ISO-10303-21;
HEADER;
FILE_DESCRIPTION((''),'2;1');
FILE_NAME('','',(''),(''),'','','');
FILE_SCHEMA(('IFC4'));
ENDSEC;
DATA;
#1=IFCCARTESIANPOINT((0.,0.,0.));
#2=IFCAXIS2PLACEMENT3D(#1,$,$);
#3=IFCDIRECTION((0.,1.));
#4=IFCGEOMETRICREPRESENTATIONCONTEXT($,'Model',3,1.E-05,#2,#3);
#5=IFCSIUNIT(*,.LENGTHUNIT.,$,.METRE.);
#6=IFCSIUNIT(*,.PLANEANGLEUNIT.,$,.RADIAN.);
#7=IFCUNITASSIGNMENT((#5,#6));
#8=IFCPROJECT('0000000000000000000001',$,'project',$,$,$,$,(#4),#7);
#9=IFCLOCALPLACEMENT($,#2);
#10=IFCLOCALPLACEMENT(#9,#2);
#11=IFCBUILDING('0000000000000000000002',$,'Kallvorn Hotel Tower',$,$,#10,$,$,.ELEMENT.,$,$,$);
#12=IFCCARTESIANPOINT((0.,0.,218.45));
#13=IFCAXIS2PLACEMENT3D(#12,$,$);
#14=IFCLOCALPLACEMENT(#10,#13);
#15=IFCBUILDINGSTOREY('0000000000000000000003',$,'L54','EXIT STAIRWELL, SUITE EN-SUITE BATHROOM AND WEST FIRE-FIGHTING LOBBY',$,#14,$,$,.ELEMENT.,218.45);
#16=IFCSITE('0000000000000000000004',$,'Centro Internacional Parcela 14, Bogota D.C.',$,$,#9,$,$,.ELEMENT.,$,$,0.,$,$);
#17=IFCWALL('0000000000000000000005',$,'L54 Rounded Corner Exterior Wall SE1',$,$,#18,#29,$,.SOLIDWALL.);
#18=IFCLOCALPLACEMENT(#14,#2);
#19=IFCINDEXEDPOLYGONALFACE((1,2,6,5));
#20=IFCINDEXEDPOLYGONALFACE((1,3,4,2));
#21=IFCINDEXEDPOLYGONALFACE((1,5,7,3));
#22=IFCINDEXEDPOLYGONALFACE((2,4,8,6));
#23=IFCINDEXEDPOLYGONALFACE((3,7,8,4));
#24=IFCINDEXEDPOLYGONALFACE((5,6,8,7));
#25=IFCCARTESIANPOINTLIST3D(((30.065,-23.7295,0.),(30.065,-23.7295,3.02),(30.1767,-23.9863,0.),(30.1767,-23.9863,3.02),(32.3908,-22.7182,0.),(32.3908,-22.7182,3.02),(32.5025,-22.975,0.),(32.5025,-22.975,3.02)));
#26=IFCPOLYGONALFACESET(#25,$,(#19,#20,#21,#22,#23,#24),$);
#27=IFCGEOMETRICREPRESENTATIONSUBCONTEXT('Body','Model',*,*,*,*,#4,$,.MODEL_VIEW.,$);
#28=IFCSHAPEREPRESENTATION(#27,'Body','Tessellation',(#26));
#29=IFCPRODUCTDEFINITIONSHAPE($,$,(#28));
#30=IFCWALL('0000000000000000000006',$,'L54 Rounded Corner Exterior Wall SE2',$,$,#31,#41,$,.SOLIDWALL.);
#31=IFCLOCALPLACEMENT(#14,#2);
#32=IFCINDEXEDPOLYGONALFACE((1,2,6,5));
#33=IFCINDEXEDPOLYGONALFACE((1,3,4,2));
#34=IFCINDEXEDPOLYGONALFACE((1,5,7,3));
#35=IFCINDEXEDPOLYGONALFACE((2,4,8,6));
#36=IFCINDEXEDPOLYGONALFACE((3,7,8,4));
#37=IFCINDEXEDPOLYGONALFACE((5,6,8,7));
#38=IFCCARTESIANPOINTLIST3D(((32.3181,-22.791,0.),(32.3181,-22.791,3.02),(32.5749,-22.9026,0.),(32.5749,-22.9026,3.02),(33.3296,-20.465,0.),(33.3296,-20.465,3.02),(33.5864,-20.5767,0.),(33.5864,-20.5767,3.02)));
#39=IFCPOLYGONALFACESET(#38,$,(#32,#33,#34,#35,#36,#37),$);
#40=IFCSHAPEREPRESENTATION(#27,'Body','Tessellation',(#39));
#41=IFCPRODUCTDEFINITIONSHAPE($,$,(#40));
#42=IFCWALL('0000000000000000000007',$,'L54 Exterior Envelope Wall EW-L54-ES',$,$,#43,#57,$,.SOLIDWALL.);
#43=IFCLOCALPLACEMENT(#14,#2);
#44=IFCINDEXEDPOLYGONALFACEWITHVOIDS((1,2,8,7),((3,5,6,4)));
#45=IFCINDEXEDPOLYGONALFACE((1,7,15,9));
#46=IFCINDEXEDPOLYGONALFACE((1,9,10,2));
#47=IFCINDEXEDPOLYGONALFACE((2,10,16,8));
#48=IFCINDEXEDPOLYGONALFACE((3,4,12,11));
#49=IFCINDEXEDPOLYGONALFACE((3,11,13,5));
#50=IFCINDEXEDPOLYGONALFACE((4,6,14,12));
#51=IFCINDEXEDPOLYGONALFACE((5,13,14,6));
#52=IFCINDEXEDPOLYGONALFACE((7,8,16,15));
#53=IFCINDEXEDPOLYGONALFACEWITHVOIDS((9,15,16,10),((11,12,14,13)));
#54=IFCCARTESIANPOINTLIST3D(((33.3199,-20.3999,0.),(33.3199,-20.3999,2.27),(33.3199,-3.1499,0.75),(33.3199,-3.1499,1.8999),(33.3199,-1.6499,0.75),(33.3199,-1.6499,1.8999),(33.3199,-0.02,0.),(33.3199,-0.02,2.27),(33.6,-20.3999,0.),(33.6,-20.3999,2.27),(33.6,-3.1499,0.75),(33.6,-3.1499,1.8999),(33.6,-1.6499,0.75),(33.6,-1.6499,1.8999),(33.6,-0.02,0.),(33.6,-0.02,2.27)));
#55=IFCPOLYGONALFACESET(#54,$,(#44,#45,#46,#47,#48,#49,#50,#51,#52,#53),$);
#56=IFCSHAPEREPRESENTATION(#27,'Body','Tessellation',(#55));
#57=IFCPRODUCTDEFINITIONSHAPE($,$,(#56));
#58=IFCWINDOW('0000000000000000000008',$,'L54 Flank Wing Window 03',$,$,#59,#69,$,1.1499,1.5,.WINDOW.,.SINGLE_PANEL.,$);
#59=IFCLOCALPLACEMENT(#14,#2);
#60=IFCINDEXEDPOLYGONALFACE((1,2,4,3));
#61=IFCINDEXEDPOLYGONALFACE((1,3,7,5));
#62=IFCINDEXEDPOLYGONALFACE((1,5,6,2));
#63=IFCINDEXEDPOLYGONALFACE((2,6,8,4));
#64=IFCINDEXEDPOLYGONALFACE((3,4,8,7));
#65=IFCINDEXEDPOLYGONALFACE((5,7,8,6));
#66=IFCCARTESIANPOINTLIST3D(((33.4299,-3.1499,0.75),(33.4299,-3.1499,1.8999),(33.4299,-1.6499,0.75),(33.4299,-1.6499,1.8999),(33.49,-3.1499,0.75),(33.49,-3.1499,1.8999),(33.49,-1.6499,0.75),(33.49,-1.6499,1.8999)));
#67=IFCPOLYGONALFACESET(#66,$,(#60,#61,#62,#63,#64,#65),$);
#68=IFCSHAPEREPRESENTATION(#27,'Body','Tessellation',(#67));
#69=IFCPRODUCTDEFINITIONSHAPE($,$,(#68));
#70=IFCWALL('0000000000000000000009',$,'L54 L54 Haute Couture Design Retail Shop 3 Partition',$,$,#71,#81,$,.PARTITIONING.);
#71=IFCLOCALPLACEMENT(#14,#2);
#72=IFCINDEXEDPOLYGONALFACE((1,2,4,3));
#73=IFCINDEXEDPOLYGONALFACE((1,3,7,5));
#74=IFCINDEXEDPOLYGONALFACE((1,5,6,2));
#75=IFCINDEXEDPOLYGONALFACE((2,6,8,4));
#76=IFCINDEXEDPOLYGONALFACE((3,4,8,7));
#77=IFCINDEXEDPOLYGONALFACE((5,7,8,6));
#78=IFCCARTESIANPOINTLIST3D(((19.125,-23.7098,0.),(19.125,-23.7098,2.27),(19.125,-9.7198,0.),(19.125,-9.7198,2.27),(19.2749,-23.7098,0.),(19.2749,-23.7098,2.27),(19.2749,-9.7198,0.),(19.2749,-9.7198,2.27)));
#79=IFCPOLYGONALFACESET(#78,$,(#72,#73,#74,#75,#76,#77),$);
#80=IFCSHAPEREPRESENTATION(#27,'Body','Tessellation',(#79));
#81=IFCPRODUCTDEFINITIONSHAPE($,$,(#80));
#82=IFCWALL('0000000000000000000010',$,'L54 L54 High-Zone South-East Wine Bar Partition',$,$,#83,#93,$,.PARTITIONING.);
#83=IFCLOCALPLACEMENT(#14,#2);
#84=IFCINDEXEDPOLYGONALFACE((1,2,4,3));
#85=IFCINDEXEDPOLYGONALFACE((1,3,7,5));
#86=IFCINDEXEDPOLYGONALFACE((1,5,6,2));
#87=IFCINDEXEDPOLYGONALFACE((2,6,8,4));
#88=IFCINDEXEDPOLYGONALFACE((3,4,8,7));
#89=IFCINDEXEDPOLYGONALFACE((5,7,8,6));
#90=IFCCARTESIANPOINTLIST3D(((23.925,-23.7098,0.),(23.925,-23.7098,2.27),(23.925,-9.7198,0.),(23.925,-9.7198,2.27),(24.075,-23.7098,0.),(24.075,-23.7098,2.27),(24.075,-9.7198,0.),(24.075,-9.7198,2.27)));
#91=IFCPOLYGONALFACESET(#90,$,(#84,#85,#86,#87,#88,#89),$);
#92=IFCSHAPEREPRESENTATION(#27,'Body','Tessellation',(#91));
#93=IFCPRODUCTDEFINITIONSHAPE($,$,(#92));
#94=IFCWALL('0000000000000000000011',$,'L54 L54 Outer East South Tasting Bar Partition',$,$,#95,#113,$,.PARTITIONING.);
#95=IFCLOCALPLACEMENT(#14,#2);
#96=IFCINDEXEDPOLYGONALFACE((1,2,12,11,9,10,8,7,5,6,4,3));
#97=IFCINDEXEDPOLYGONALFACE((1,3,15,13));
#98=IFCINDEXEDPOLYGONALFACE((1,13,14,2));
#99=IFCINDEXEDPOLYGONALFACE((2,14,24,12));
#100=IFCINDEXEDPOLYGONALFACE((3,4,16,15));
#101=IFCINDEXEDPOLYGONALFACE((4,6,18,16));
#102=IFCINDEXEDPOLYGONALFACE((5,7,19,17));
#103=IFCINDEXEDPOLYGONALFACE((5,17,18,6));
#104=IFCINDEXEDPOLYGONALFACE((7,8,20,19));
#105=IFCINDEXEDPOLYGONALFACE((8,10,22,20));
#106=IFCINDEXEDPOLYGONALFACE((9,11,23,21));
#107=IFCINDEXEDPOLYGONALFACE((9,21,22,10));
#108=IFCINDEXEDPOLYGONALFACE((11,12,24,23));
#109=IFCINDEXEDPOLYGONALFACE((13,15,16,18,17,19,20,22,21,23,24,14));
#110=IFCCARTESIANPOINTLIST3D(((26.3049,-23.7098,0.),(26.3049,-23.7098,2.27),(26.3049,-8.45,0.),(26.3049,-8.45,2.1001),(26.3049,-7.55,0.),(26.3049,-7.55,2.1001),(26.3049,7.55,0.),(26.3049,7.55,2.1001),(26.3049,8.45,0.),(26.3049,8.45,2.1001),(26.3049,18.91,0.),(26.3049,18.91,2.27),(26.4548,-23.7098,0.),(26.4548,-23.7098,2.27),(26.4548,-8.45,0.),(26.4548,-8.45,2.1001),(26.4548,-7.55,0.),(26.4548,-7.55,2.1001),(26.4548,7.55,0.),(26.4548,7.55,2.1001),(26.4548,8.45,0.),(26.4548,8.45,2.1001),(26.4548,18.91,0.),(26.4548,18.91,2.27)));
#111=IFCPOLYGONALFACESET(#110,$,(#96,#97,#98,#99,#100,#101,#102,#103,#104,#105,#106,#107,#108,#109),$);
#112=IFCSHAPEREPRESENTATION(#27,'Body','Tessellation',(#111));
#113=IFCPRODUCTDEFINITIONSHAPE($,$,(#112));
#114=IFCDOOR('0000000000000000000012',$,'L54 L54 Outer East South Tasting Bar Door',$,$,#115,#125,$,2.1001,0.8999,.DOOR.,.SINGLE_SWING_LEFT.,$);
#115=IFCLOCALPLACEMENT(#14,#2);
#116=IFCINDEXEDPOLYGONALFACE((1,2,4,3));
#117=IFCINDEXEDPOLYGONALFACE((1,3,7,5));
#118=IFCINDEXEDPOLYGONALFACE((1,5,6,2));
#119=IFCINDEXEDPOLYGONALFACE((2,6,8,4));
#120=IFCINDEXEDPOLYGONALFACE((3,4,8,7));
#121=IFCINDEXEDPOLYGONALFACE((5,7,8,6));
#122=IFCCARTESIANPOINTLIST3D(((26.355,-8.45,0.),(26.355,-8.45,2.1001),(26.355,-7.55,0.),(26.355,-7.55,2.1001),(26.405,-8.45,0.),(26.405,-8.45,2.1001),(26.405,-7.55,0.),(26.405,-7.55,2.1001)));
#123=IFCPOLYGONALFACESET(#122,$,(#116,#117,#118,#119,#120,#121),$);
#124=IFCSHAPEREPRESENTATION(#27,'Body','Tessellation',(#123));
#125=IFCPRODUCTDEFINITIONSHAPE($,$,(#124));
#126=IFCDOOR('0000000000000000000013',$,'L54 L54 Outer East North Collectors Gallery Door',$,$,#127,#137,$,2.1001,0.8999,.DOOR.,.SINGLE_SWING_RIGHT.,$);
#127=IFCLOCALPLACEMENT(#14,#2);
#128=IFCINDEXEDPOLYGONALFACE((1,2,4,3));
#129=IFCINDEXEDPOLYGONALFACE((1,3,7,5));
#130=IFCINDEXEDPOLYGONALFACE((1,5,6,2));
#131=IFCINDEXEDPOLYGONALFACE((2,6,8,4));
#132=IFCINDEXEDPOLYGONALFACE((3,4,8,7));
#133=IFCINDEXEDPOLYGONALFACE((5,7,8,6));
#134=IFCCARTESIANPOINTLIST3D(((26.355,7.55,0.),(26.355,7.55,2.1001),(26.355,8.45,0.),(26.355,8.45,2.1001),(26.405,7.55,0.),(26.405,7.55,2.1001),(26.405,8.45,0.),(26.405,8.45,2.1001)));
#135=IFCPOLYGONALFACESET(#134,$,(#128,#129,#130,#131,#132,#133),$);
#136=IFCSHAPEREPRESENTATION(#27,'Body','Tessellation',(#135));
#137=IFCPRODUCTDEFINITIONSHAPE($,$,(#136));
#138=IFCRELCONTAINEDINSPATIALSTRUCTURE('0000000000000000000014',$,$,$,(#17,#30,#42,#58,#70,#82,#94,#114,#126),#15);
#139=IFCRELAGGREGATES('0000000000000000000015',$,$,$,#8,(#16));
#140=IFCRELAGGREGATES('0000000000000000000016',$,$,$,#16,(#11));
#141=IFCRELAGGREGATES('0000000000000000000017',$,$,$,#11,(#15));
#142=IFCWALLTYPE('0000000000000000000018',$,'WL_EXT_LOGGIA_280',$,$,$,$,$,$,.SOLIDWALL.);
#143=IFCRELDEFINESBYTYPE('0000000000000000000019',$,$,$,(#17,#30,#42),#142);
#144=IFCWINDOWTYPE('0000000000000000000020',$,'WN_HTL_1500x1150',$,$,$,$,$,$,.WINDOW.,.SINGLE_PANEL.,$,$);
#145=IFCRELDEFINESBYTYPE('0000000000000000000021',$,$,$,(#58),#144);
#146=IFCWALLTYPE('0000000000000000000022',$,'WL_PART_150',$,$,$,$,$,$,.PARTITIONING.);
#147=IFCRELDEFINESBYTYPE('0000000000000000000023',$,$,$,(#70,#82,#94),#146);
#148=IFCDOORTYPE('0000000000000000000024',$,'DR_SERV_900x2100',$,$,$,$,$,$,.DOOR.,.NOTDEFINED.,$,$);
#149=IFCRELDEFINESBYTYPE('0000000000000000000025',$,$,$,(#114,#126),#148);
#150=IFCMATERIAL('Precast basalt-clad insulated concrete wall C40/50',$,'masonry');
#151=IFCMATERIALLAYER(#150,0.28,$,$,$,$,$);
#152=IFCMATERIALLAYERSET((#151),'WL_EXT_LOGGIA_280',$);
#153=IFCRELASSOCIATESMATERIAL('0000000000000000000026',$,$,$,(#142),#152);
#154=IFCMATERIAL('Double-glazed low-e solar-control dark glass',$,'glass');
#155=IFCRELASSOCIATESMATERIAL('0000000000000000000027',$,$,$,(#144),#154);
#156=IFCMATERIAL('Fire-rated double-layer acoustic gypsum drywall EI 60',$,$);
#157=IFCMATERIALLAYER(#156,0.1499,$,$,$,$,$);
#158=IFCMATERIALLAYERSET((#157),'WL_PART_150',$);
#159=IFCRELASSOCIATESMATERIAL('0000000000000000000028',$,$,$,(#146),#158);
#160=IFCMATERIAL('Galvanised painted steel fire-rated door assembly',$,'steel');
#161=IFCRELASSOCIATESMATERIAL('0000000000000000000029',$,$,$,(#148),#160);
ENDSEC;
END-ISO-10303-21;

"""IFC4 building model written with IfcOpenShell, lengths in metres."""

from ifc_helpers import new_model, si_unit, direction, frame, frame_2d, origin, place, context, subcontext, project, spatial, rectangle, extrude, material, layer, layer_set, type_object, element, fill, save


model = new_model("IFC4")

# Units and contexts
model_context = context("Model", 3, precision=1e-05, world=origin(), true_north=direction((0.0, 1.0)))
body_context = subcontext(model_context, "Body", "Model", "MODEL_VIEW")
ifc_project = project(units=[si_unit("LENGTHUNIT", "METRE"), si_unit("PLANEANGLEUNIT", "RADIAN")], contexts=[model_context])

# Site, building, storey
site_placement = place(None, origin())
site = spatial("IfcSite", under=ifc_project, at=site_placement, Name="Centro Internacional Parcela 14, Bogota D.C.", CompositionType="ELEMENT", RefElevation=0.0)
building_placement = place(site_placement, origin())
building = spatial("IfcBuilding", under=site, at=building_placement, Name="Kallvorn Hotel Tower", CompositionType="ELEMENT")
storey_placement = place(building_placement, frame((0.0, 0.0, 218.45)))
storey = spatial("IfcBuildingStorey", under=building, at=storey_placement, Name="L54", Description="EXIT STAIRWELL, SUITE EN-SUITE BATHROOM AND WEST FIRE-FIGHTING LOBBY", CompositionType="ELEMENT", Elevation=218.45)

# Walls
ifc_material_1 = material(Name="Precast basalt-clad insulated concrete wall C40/50", Category="masonry")
ifc_layer_1 = layer(ifc_material_1, 0.28)
ifc_layer_set_1 = layer_set([ifc_layer_1], Name="WL_EXT_LOGGIA_280")
wall_type_1 = type_object("IfcWallType", Name="WL_EXT_LOGGIA_280", PredefinedType="SOLIDWALL", material=ifc_layer_set_1)
wall_1_placement = place(storey_placement, frame((30.1208, -23.8579, 0.0), z_axis=(0.0, 0.0, 1.0), x_axis=(0.917061, 0.398747, 0.0)))
element("IfcWall", 1, at=wall_1_placement, inside=storey, type_object=wall_type_1, Name="L54 Rounded Corner Exterior Wall SE1", PredefinedType="SOLIDWALL", context=body_context, shape_type="SweptSolid", body=[
    extrude(rectangle(XDim=2.5361, YDim=0.28, at=frame_2d((1.2681, 0.0))), origin(), (0.0, 0.0, 1.0), 3.02),
])
wall_2_placement = place(storey_placement, frame((32.4465, -22.8467, 0.0), z_axis=(0.0, 0.0, 1.0), x_axis=(0.398793, 0.917041, 0.0)))
element("IfcWall", 2, at=wall_2_placement, inside=storey, type_object=wall_type_1, Name="L54 Rounded Corner Exterior Wall SE2", PredefinedType="SOLIDWALL", context=body_context, shape_type="SweptSolid", body=[
    extrude(rectangle(XDim=2.5364, YDim=0.28, at=frame_2d((1.2681, 0.0))), origin(), (0.0, 0.0, 1.0), 3.02),
])

# Wall, opening, window
wall_3_placement = place(storey_placement, frame((33.46, -20.3999, 0.0), z_axis=(0.0, 0.0, 1.0), x_axis=(0.0, 1.0, 0.0)))
wall_3 = element("IfcWall", 3, at=wall_3_placement, inside=storey, type_object=wall_type_1, Name="L54 Exterior Envelope Wall EW-L54-ES", PredefinedType="SOLIDWALL", context=body_context, shape_type="SweptSolid", body=[
    extrude(rectangle(XDim=20.3799, YDim=0.28, at=frame_2d((10.1899, 0.0))), origin(), (0.0, 0.0, 1.0), 2.27),
])
opening_1_placement = place(wall_3_placement, frame((17.25, 0.0, 0.75)))
opening_1 = element("IfcOpeningElement", 4, at=opening_1_placement, cuts=wall_3, PredefinedType="OPENING", context=body_context, shape_type="SweptSolid", body=[
    extrude(rectangle(XDim=1.5, YDim=1.1499, at=frame_2d((0.75, 0.575))), frame((0.0, 0.155, 0.0), z_axis=(0.0, -1.0, 0.0), x_axis=(1.0, 0.0, 0.0)), (0.0, 0.0, 1.0), 0.3101),
])
ifc_material_2 = material(Name="Double-glazed low-e solar-control dark glass", Category="glass")
window_type = type_object("IfcWindowType", Name="WN_HTL_1500x1150", PartitioningType="SINGLE_PANEL", PredefinedType="WINDOW", material=ifc_material_2)
window_placement = place(opening_1_placement, origin())
window = element("IfcWindow", 5, at=window_placement, inside=storey, type_object=window_type, Name="L54 Flank Wing Window 03", OverallHeight=1.1499, OverallWidth=1.5, PartitioningType="SINGLE_PANEL", PredefinedType="WINDOW", context=body_context, shape_type="SweptSolid", body=[
    extrude(rectangle(XDim=1.5, YDim=1.1499, at=frame_2d((0.75, 0.575))), frame((0.0, 0.03, 0.0), z_axis=(0.0, -1.0, 0.0), x_axis=(1.0, 0.0, 0.0)), (0.0, 0.0, 1.0), 0.0601),
])
fill(opening_1, window)

# Walls
ifc_material_3 = material(Name="Fire-rated double-layer acoustic gypsum drywall EI 60")
ifc_layer_2 = layer(ifc_material_3, 0.1499)
ifc_layer_set_2 = layer_set([ifc_layer_2], Name="WL_PART_150")
wall_type_2 = type_object("IfcWallType", Name="WL_PART_150", PredefinedType="PARTITIONING", material=ifc_layer_set_2)
for number, where, z_axis, x_axis, name in (
    (6, (19.2, -23.71, 0.0), (0.0, 0.0, 1.0), (0.0, 1.0, 0.0), "L54 L54 Haute Couture Design Retail Shop 3 Partition"),
    (7, (24.0, -23.71, 0.0), (0.0, 0.0, 1.0), (0.0, 1.0, 0.0), "L54 L54 High-Zone South-East Wine Bar Partition"),
):
    element("IfcWall", number, at=place(storey_placement, frame(where, z_axis=z_axis, x_axis=x_axis)), inside=storey, type_object=wall_type_2, Name=name, PredefinedType="PARTITIONING", context=body_context, shape_type="SweptSolid", body=[
        extrude(rectangle(XDim=13.99, YDim=0.1499, at=frame_2d((6.9951, 0.0))), origin(), (0.0, 0.0, 1.0), 2.27),
    ])

# Wall, openings, doors
wall_4_placement = place(storey_placement, frame((26.3799, -23.71, 0.0), z_axis=(0.0, 0.0, 1.0), x_axis=(0.0, 1.0, 0.0)))
wall_4 = element("IfcWall", 8, at=wall_4_placement, inside=storey, type_object=wall_type_2, Name="L54 L54 Outer East South Tasting Bar Partition", PredefinedType="PARTITIONING", context=body_context, shape_type="SweptSolid", body=[
    extrude(rectangle(XDim=42.6199, YDim=0.1499, at=frame_2d((21.3101, 0.0))), origin(), (0.0, 0.0, 1.0), 2.27),
])
opening_2_placement = place(wall_4_placement, frame((15.26, 0.0, 0.0)))
opening_2 = element("IfcOpeningElement", 9, at=opening_2_placement, cuts=wall_4, PredefinedType="OPENING", context=body_context, shape_type="SweptSolid", body=[
    extrude(rectangle(XDim=0.8999, YDim=2.1001, at=frame_2d((0.45, 1.05))), frame((0.0, 0.0898, 0.0), z_axis=(0.0, -1.0, 0.0), x_axis=(1.0, 0.0, 0.0)), (0.0, 0.0, 1.0), 0.1799),
])
opening_3_placement = place(wall_4_placement, frame((31.26, 0.0, 0.0)))
opening_3 = element("IfcOpeningElement", 10, at=opening_3_placement, cuts=wall_4, PredefinedType="OPENING", context=body_context, shape_type="SweptSolid", body=[
    extrude(rectangle(XDim=0.8999, YDim=2.1001, at=frame_2d((0.45, 1.05))), frame((0.0, 0.0898, 0.0), z_axis=(0.0, -1.0, 0.0), x_axis=(1.0, 0.0, 0.0)), (0.0, 0.0, 1.0), 0.1799),
])
ifc_material_4 = material(Name="Galvanised painted steel fire-rated door assembly", Category="steel")
door_type = type_object("IfcDoorType", Name="DR_SERV_900x2100", OperationType="NOTDEFINED", PredefinedType="DOOR", material=ifc_material_4)
door_1_placement = place(opening_2_placement, origin())
door_1 = element("IfcDoor", 11, at=door_1_placement, inside=storey, type_object=door_type, Name="L54 L54 Outer East South Tasting Bar Door", OperationType="SINGLE_SWING_LEFT", OverallHeight=2.1001, OverallWidth=0.8999, PredefinedType="DOOR", context=body_context, shape_type="SweptSolid", body=[
    extrude(rectangle(XDim=0.8999, YDim=2.1001, at=frame_2d((0.45, 1.05))), frame((0.0, 0.0249, 0.0), z_axis=(0.0, -1.0, 0.0), x_axis=(1.0, 0.0, 0.0)), (0.0, 0.0, 1.0), 0.05),
])
fill(opening_2, door_1)
door_2_placement = place(opening_3_placement, origin())
door_2 = element("IfcDoor", 12, at=door_2_placement, inside=storey, type_object=door_type, Name="L54 L54 Outer East North Collectors Gallery Door", OperationType="SINGLE_SWING_RIGHT", OverallHeight=2.1001, OverallWidth=0.8999, PredefinedType="DOOR", context=body_context, shape_type="SweptSolid", body=[
    extrude(rectangle(XDim=0.8999, YDim=2.1001, at=frame_2d((0.45, 1.05))), frame((0.0, 0.0249, 0.0), z_axis=(0.0, -1.0, 0.0), x_axis=(1.0, 0.0, 0.0)), (0.0, 0.0, 1.0), 0.05),
])
fill(opening_3, door_2)

save(model, "model.ifc")
